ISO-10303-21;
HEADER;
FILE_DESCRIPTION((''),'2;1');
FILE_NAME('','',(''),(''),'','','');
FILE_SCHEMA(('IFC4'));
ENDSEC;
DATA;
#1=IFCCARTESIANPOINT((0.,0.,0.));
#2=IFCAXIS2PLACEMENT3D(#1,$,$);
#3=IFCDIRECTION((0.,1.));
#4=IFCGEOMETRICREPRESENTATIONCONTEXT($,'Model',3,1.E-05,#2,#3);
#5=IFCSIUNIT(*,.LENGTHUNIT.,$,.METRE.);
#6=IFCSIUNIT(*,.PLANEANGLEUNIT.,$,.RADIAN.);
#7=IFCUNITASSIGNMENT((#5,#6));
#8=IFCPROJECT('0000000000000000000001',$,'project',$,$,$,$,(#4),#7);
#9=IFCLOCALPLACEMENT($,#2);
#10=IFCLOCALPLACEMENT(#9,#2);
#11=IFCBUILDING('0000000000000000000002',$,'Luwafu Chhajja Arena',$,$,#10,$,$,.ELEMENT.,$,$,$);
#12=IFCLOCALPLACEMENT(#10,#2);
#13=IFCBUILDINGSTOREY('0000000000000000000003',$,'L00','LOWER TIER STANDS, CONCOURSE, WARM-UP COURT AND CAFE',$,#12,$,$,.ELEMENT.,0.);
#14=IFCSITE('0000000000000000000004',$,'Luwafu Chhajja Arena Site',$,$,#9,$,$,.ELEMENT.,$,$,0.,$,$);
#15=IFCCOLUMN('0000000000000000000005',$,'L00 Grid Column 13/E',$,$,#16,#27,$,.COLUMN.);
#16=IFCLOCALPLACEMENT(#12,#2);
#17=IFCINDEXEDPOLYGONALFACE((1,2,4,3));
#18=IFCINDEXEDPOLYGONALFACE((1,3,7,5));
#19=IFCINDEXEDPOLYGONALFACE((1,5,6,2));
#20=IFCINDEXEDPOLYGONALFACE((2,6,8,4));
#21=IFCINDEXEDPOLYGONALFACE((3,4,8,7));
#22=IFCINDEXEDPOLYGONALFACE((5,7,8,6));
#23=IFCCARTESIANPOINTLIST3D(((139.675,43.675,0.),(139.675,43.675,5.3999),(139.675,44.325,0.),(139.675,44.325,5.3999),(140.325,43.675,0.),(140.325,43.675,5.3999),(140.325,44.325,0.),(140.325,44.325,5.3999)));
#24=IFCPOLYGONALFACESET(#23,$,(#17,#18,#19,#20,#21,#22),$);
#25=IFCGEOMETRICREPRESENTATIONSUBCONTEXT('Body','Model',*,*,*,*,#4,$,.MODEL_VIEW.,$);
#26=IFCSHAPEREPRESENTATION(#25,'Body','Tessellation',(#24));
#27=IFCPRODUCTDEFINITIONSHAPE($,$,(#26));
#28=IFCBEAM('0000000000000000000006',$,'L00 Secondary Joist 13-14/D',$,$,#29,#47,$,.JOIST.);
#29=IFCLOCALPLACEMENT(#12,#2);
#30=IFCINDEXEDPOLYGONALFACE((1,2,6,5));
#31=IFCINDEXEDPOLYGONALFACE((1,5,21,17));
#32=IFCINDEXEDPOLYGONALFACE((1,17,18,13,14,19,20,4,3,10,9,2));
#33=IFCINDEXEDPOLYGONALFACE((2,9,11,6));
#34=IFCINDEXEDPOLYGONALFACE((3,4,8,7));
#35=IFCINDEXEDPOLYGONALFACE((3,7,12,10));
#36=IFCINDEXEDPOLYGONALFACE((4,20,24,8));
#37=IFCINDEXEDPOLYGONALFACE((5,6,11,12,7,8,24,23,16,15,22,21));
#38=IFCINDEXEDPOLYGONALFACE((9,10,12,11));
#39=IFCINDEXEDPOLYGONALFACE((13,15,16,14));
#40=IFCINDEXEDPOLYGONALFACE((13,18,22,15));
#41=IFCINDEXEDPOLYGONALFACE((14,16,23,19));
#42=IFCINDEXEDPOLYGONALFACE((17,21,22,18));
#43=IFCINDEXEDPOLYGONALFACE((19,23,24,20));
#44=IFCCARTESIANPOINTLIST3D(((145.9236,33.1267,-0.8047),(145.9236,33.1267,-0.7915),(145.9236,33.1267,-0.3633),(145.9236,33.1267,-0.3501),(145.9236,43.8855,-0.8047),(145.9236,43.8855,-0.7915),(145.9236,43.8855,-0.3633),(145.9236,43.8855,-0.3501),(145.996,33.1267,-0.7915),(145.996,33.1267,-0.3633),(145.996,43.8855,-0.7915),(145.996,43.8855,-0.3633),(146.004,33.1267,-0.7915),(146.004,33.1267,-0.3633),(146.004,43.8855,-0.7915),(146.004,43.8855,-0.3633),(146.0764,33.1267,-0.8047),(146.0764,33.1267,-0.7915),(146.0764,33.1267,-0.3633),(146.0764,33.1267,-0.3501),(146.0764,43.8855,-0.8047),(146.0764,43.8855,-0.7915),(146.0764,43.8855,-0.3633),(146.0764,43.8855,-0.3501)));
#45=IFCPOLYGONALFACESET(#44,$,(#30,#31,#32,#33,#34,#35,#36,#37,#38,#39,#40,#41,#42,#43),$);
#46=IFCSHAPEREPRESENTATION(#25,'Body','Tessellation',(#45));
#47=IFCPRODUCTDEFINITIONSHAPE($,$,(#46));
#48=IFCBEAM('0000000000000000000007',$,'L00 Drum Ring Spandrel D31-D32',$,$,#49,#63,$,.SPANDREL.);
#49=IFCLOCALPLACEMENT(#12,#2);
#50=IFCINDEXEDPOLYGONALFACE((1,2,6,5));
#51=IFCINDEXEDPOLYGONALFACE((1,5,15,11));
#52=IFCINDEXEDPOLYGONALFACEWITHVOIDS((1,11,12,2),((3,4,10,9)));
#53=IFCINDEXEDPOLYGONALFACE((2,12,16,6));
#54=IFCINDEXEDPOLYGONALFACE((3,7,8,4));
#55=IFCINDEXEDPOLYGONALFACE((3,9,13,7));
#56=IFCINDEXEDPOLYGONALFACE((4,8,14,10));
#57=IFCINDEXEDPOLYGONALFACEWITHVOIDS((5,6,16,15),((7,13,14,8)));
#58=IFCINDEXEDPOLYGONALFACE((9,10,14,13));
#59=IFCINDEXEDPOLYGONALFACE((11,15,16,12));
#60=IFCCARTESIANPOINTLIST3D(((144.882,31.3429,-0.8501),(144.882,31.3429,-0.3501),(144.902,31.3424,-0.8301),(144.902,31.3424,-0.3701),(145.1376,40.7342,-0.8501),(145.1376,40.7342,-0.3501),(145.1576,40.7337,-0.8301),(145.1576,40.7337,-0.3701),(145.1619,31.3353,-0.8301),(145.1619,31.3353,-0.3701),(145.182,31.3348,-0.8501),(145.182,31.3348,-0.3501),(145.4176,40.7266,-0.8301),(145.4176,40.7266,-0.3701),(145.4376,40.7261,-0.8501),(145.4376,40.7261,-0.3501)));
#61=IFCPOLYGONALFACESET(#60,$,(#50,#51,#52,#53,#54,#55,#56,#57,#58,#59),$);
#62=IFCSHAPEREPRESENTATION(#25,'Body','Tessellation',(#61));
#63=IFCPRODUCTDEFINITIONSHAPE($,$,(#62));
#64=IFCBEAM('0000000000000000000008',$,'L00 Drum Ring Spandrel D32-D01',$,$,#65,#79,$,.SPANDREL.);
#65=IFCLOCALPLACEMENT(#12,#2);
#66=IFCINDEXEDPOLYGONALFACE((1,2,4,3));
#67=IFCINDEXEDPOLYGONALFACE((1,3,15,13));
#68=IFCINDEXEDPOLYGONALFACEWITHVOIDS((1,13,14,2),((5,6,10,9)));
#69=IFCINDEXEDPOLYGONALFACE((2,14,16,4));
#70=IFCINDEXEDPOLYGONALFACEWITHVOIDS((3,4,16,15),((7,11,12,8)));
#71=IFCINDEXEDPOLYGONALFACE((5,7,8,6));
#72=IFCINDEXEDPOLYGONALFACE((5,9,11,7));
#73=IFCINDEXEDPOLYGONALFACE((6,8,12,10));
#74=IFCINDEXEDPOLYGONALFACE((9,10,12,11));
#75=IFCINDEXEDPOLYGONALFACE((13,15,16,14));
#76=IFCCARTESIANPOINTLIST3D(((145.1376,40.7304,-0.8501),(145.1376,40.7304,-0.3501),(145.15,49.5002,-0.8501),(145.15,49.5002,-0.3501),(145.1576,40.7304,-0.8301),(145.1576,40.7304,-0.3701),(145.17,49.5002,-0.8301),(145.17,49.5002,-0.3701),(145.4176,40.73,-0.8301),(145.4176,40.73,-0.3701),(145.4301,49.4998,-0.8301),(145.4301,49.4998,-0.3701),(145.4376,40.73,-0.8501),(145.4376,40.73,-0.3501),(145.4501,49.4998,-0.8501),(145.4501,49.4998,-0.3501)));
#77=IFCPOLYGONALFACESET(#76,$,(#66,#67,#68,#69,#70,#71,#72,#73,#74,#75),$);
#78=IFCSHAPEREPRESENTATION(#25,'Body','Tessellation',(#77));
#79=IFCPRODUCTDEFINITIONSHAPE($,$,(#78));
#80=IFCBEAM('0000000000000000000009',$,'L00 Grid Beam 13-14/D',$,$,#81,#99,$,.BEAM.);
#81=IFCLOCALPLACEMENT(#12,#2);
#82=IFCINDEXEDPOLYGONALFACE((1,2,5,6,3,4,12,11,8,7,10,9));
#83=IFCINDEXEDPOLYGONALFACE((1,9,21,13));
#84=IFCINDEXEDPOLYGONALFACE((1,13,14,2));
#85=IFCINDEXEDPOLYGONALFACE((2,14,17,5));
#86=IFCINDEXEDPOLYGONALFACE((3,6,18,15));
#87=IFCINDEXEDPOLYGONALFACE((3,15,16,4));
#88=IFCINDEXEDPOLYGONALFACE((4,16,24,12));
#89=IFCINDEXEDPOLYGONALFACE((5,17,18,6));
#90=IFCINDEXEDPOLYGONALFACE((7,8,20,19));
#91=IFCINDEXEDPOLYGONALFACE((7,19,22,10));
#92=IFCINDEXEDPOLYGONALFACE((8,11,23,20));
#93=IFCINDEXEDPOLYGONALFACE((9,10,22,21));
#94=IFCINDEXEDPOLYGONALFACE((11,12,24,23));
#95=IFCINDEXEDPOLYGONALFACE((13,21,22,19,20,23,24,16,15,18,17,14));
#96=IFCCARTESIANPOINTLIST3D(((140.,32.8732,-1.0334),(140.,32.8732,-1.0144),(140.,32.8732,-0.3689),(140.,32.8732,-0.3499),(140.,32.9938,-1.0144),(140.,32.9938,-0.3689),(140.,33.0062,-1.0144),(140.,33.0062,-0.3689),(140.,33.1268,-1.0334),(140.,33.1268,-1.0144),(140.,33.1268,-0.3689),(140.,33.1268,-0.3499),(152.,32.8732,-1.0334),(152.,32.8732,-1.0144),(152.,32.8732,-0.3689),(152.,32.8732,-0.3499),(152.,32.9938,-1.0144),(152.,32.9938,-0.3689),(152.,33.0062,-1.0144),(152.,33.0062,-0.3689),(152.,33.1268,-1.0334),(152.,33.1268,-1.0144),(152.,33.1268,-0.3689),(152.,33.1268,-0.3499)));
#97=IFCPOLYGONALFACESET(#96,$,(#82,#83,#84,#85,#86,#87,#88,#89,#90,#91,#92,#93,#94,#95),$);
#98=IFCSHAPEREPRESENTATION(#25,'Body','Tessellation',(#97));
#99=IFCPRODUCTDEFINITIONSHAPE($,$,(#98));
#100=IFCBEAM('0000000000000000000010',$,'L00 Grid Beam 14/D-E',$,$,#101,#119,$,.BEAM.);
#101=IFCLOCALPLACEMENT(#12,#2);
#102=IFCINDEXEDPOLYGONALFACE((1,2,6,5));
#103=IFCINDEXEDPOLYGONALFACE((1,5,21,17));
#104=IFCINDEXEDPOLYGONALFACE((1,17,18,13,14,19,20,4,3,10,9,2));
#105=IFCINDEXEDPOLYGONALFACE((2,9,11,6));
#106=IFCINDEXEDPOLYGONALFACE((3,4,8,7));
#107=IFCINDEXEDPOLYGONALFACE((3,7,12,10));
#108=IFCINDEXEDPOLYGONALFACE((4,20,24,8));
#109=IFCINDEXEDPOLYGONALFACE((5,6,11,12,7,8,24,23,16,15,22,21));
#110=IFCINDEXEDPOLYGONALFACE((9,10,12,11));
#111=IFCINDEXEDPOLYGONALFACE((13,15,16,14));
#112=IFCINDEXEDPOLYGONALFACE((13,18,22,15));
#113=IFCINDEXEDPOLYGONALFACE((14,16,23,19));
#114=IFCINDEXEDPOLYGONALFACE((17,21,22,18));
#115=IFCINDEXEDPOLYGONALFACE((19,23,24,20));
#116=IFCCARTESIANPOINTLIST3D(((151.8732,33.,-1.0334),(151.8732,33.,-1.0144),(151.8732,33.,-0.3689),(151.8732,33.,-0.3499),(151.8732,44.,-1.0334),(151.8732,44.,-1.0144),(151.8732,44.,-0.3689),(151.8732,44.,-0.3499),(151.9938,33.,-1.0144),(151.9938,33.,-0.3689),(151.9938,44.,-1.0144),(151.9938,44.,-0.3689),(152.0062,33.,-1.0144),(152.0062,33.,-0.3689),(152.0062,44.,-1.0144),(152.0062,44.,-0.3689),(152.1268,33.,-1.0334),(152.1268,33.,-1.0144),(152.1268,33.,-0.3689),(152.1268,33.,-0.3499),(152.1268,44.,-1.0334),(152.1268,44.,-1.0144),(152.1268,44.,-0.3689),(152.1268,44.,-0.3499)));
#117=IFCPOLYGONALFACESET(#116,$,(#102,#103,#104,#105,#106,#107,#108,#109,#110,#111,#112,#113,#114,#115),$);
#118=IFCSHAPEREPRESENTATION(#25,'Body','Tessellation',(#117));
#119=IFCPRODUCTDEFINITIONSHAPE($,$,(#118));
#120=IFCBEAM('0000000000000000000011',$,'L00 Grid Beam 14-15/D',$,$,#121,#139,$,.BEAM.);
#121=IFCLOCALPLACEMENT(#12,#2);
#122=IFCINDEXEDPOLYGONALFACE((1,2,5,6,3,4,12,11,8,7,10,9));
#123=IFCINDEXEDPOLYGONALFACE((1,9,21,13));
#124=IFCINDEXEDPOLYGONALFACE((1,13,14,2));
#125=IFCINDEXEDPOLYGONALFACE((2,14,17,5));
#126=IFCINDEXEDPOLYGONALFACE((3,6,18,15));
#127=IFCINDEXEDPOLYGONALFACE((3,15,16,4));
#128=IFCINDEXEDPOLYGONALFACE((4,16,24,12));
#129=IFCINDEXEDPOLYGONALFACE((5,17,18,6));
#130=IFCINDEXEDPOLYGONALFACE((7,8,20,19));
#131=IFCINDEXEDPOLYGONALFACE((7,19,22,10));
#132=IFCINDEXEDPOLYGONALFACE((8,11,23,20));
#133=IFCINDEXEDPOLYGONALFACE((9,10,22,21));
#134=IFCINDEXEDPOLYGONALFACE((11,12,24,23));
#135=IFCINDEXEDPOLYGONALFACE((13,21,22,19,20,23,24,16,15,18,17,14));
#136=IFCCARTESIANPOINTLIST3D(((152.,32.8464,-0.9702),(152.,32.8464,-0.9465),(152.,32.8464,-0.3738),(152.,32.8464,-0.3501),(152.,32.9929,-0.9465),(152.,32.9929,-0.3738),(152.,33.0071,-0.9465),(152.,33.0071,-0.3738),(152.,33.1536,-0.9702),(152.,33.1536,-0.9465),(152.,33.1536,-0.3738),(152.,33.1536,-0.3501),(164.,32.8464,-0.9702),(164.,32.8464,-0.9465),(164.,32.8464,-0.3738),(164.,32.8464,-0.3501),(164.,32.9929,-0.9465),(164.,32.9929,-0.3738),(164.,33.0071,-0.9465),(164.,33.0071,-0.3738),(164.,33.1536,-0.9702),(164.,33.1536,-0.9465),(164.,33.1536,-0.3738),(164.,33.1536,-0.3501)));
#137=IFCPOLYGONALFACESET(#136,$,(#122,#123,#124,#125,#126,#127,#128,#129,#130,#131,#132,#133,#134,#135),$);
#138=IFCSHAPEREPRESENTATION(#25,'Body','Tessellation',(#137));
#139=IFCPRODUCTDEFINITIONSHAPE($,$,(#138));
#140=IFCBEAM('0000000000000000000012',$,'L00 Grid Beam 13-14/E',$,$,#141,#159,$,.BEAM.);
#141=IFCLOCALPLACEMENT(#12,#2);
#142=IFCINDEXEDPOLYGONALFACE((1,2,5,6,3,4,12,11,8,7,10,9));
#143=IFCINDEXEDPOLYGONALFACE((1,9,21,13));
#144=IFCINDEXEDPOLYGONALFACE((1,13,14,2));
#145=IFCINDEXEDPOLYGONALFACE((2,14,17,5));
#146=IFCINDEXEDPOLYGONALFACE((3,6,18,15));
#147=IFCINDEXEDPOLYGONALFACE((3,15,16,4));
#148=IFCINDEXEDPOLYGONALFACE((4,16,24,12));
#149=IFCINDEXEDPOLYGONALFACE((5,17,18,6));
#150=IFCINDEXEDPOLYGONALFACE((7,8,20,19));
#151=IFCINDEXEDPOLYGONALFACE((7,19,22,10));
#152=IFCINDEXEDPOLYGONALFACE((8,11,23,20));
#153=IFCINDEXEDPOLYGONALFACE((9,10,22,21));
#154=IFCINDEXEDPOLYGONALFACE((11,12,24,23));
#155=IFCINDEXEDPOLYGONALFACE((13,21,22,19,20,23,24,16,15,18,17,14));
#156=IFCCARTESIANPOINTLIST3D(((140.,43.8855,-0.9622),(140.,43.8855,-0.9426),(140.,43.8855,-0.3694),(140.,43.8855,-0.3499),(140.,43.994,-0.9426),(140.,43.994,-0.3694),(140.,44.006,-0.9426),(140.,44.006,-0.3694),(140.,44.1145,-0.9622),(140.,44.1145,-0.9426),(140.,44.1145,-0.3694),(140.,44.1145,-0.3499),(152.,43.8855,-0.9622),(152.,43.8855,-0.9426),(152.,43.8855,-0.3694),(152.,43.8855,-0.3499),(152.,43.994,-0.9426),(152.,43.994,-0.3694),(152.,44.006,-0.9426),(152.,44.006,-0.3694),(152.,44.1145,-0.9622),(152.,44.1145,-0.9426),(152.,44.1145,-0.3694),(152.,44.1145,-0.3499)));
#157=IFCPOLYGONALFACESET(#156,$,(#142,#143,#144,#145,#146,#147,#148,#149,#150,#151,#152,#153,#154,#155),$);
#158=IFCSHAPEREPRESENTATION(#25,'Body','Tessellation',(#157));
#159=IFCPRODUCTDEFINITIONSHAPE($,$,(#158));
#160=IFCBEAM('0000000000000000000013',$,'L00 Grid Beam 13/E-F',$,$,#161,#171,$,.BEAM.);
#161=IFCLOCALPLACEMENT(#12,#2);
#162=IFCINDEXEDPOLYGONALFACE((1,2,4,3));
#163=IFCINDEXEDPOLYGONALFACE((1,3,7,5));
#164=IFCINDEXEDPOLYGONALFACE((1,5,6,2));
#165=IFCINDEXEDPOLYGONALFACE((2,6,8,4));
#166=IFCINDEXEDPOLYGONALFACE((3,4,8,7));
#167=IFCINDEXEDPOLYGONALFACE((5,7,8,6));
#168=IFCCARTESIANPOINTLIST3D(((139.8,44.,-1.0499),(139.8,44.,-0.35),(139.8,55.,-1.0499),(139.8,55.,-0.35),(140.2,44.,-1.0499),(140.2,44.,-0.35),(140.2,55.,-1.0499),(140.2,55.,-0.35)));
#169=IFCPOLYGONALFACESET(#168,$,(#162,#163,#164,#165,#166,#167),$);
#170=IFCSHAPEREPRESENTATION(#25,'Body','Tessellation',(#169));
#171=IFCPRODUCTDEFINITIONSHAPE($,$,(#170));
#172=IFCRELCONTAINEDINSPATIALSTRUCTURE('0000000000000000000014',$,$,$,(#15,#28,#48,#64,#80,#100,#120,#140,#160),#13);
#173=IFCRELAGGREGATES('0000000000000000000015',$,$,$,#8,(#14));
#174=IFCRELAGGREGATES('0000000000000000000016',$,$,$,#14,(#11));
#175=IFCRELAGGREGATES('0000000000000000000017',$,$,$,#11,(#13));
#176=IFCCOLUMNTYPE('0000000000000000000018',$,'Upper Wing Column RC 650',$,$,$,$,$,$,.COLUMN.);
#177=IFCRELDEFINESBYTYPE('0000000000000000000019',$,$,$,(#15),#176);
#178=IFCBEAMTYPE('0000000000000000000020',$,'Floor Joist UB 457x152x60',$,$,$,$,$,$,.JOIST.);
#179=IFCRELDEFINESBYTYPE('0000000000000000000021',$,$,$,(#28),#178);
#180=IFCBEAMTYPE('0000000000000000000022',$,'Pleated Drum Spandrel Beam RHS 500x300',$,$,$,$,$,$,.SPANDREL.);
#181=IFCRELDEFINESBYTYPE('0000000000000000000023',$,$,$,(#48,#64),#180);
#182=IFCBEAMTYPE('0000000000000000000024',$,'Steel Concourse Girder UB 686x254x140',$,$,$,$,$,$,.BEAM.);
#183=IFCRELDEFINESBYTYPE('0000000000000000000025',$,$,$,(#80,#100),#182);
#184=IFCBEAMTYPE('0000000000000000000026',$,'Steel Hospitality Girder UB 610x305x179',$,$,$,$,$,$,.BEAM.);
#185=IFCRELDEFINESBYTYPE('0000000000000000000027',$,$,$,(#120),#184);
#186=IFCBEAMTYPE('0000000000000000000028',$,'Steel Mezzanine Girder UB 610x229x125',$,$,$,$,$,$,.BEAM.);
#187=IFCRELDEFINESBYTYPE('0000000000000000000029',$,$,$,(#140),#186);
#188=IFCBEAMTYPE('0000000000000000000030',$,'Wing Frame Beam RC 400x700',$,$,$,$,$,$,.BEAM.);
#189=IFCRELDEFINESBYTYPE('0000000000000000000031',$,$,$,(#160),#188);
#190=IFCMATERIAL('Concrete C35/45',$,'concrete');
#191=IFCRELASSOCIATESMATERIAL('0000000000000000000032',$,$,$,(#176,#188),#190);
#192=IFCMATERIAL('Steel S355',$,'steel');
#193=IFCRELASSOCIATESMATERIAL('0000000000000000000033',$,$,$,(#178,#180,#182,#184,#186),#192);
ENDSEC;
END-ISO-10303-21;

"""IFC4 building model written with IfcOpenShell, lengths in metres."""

from ifc_helpers import new_model, si_unit, direction, frame, origin, origin_2d, place, context, subcontext, project, spatial, rectangle, hollow_rectangle, i_section, extrude, material, material_profile, profile_set, type_object, element, save


model = new_model("IFC4")

# Units and contexts
model_context = context("Model", 3, precision=1e-05, world=origin(), true_north=direction((0.0, 1.0)))
body_context = subcontext(model_context, "Body", "Model", "MODEL_VIEW")
ifc_project = project(units=[si_unit("LENGTHUNIT", "METRE"), si_unit("PLANEANGLEUNIT", "RADIAN")], contexts=[model_context])

# Site, building, storey
site_placement = place(None, origin())
site = spatial("IfcSite", under=ifc_project, at=site_placement, Name="Luwafu Chhajja Arena Site", CompositionType="ELEMENT", RefElevation=0.0)
building_placement = place(site_placement, origin())
building = spatial("IfcBuilding", under=site, at=building_placement, Name="Luwafu Chhajja Arena", CompositionType="ELEMENT")
storey_placement = place(building_placement, origin())
storey = spatial("IfcBuildingStorey", under=building, at=storey_placement, Name="L00", Description="LOWER TIER STANDS, CONCOURSE, WARM-UP COURT AND CAFE", CompositionType="ELEMENT", Elevation=0.0)

# Column
ifc_material_1 = material(Name="Concrete C35/45", Category="concrete")
ifc_material_2 = material(Name="Steel S355", Category="steel")
ifc_material_profile_1 = material_profile(ifc_material_1, rectangle(XDim=0.6499, YDim=0.6499, at=origin_2d()), Name="RC 650x650")
ifc_profile_set_1 = profile_set([ifc_material_profile_1], Name="Concrete C35/45")
column_type_1 = type_object("IfcColumnType", Name="Upper Wing Column RC 650", PredefinedType="COLUMN", material=ifc_profile_set_1)
column_1_placement = place(storey_placement, frame((140.0, 44.0, 0.0), z_axis=(0.0, 0.0, 1.0), x_axis=(1.0, 0.0, 0.0)))
element("IfcColumn", 1, at=column_1_placement, inside=storey, type_object=column_type_1, Name="L00 Grid Column 13/E", PredefinedType="COLUMN", context=body_context, shape_type="SweptSolid", body=[
    extrude(rectangle(XDim=0.6499, YDim=0.6499, at=origin_2d()), origin(), (0.0, 0.0, 1.0), 5.3999),
])

# Beams
ifc_material_profile_2 = material_profile(ifc_material_2, i_section(OverallWidth=0.1528, OverallDepth=0.4546, WebThickness=0.0081, FlangeThickness=0.0132, at=origin_2d()), Name="UB 457x152x60")
ifc_profile_set_2 = profile_set([ifc_material_profile_2], Name="Steel S355")
beam_type_1 = type_object("IfcBeamType", Name="Floor Joist UB 457x152x60", PredefinedType="JOIST", material=ifc_profile_set_2)
beam_1_placement = place(storey_placement, frame((146.0, 33.1267, -0.5774), z_axis=(0.0, 1.0, 0.0), x_axis=(-1.0, 0.0, 0.0)))
element("IfcBeam", 2, at=beam_1_placement, inside=storey, type_object=beam_type_1, Name="L00 Secondary Joist 13-14/D", PredefinedType="JOIST", context=body_context, shape_type="SweptSolid", body=[
    extrude(i_section(OverallWidth=0.1528, OverallDepth=0.4546, WebThickness=0.0081, FlangeThickness=0.0132, at=origin_2d()), origin(), (0.0, 0.0, 1.0), 10.7588),
])
ifc_material_profile_3 = material_profile(ifc_material_2, hollow_rectangle(XDim=0.3, YDim=0.5, WallThickness=0.02, at=origin_2d()), Name="RHS 500x300x20")
ifc_profile_set_3 = profile_set([ifc_material_profile_3], Name="Steel S355")
beam_type_2 = type_object("IfcBeamType", Name="Pleated Drum Spandrel Beam RHS 500x300", PredefinedType="SPANDREL", material=ifc_profile_set_3)
beam_2_placement = place(storey_placement, frame((145.032, 31.3389, -0.6001), z_axis=(0.027208, 0.99963, 0.0), x_axis=(-0.99963, 0.027208, 0.0)))
element("IfcBeam", 3, at=beam_2_placement, inside=storey, type_object=beam_type_2, Name="L00 Drum Ring Spandrel D31-D32", PredefinedType="SPANDREL", context=body_context, shape_type="SweptSolid", body=[
    extrude(hollow_rectangle(XDim=0.3, YDim=0.5, WallThickness=0.02, at=origin_2d()), origin(), (0.0, 0.0, 1.0), 9.3948),
])
beam_3_placement = place(storey_placement, frame((145.2876, 40.7302, -0.6001), z_axis=(0.00142, 0.999999, 0.0), x_axis=(-0.999999, 0.00142, 0.0)))
element("IfcBeam", 4, at=beam_3_placement, inside=storey, type_object=beam_type_2, Name="L00 Drum Ring Spandrel D32-D01", PredefinedType="SPANDREL", context=body_context, shape_type="SweptSolid", body=[
    extrude(hollow_rectangle(XDim=0.3, YDim=0.5, WallThickness=0.02, at=origin_2d()), origin(), (0.0, 0.0, 1.0), 8.7698),
])
ifc_material_profile_4 = material_profile(ifc_material_2, i_section(OverallWidth=0.2537, OverallDepth=0.6836, WebThickness=0.0125, FlangeThickness=0.019, at=origin_2d()), Name="UB 686x254x140")
ifc_profile_set_4 = profile_set([ifc_material_profile_4], Name="Steel S355")
beam_type_3 = type_object("IfcBeamType", Name="Steel Concourse Girder UB 686x254x140", PredefinedType="BEAM", material=ifc_profile_set_4)
beam_4_placement = place(storey_placement, frame((140.0, 33.0, -0.6917), z_axis=(1.0, 0.0, 0.0), x_axis=(0.0, 1.0, 0.0)))
element("IfcBeam", 5, at=beam_4_placement, inside=storey, type_object=beam_type_3, Name="L00 Grid Beam 13-14/D", PredefinedType="BEAM", context=body_context, shape_type="SweptSolid", body=[
    extrude(i_section(OverallWidth=0.2537, OverallDepth=0.6836, WebThickness=0.0125, FlangeThickness=0.019, at=origin_2d()), origin(), (0.0, 0.0, 1.0), 12.0),
])
beam_5_placement = place(storey_placement, frame((152.0, 33.0, -0.6917), z_axis=(0.0, 1.0, 0.0), x_axis=(-1.0, 0.0, 0.0)))
element("IfcBeam", 6, at=beam_5_placement, inside=storey, type_object=beam_type_3, Name="L00 Grid Beam 14/D-E", PredefinedType="BEAM", context=body_context, shape_type="SweptSolid", body=[
    extrude(i_section(OverallWidth=0.2537, OverallDepth=0.6836, WebThickness=0.0125, FlangeThickness=0.019, at=origin_2d()), origin(), (0.0, 0.0, 1.0), 11.0),
])
ifc_material_profile_5 = material_profile(ifc_material_2, i_section(OverallWidth=0.3071, OverallDepth=0.6201, WebThickness=0.0142, FlangeThickness=0.0237, at=origin_2d()), Name="UB 610x305x179")
ifc_profile_set_5 = profile_set([ifc_material_profile_5], Name="Steel S355")
beam_type_4 = type_object("IfcBeamType", Name="Steel Hospitality Girder UB 610x305x179", PredefinedType="BEAM", material=ifc_profile_set_5)
beam_6_placement = place(storey_placement, frame((152.0, 33.0, -0.6602), z_axis=(1.0, 0.0, 0.0), x_axis=(0.0, 1.0, 0.0)))
element("IfcBeam", 7, at=beam_6_placement, inside=storey, type_object=beam_type_4, Name="L00 Grid Beam 14-15/D", PredefinedType="BEAM", context=body_context, shape_type="SweptSolid", body=[
    extrude(i_section(OverallWidth=0.3071, OverallDepth=0.6201, WebThickness=0.0142, FlangeThickness=0.0237, at=origin_2d()), origin(), (0.0, 0.0, 1.0), 12.0),
])
ifc_material_profile_6 = material_profile(ifc_material_2, i_section(OverallWidth=0.229, OverallDepth=0.6123, WebThickness=0.012, FlangeThickness=0.0195, at=origin_2d()), Name="UB 610x229x125")
ifc_profile_set_6 = profile_set([ifc_material_profile_6], Name="Steel S355")
beam_type_5 = type_object("IfcBeamType", Name="Steel Mezzanine Girder UB 610x229x125", PredefinedType="BEAM", material=ifc_profile_set_6)
beam_7_placement = place(storey_placement, frame((140.0, 44.0, -0.656), z_axis=(1.0, 0.0, 0.0), x_axis=(0.0, 1.0, 0.0)))
element("IfcBeam", 8, at=beam_7_placement, inside=storey, type_object=beam_type_5, Name="L00 Grid Beam 13-14/E", PredefinedType="BEAM", context=body_context, shape_type="SweptSolid", body=[
    extrude(i_section(OverallWidth=0.229, OverallDepth=0.6123, WebThickness=0.012, FlangeThickness=0.0195, at=origin_2d()), origin(), (0.0, 0.0, 1.0), 12.0),
])
ifc_material_profile_7 = material_profile(ifc_material_1, rectangle(XDim=0.3999, YDim=0.7, at=origin_2d()), Name="RC 400x700")
ifc_profile_set_7 = profile_set([ifc_material_profile_7], Name="Concrete C35/45")
beam_type_6 = type_object("IfcBeamType", Name="Wing Frame Beam RC 400x700", PredefinedType="BEAM", material=ifc_profile_set_7)
beam_8_placement = place(storey_placement, frame((140.0, 44.0, -0.7), z_axis=(0.0, 1.0, 0.0), x_axis=(-1.0, 0.0, 0.0)))
element("IfcBeam", 9, at=beam_8_placement, inside=storey, type_object=beam_type_6, Name="L00 Grid Beam 13/E-F", PredefinedType="BEAM", context=body_context, shape_type="SweptSolid", body=[
    extrude(rectangle(XDim=0.3999, YDim=0.7, at=origin_2d()), origin(), (0.0, 0.0, 1.0), 11.0),
])

save(model, "model.ifc")
